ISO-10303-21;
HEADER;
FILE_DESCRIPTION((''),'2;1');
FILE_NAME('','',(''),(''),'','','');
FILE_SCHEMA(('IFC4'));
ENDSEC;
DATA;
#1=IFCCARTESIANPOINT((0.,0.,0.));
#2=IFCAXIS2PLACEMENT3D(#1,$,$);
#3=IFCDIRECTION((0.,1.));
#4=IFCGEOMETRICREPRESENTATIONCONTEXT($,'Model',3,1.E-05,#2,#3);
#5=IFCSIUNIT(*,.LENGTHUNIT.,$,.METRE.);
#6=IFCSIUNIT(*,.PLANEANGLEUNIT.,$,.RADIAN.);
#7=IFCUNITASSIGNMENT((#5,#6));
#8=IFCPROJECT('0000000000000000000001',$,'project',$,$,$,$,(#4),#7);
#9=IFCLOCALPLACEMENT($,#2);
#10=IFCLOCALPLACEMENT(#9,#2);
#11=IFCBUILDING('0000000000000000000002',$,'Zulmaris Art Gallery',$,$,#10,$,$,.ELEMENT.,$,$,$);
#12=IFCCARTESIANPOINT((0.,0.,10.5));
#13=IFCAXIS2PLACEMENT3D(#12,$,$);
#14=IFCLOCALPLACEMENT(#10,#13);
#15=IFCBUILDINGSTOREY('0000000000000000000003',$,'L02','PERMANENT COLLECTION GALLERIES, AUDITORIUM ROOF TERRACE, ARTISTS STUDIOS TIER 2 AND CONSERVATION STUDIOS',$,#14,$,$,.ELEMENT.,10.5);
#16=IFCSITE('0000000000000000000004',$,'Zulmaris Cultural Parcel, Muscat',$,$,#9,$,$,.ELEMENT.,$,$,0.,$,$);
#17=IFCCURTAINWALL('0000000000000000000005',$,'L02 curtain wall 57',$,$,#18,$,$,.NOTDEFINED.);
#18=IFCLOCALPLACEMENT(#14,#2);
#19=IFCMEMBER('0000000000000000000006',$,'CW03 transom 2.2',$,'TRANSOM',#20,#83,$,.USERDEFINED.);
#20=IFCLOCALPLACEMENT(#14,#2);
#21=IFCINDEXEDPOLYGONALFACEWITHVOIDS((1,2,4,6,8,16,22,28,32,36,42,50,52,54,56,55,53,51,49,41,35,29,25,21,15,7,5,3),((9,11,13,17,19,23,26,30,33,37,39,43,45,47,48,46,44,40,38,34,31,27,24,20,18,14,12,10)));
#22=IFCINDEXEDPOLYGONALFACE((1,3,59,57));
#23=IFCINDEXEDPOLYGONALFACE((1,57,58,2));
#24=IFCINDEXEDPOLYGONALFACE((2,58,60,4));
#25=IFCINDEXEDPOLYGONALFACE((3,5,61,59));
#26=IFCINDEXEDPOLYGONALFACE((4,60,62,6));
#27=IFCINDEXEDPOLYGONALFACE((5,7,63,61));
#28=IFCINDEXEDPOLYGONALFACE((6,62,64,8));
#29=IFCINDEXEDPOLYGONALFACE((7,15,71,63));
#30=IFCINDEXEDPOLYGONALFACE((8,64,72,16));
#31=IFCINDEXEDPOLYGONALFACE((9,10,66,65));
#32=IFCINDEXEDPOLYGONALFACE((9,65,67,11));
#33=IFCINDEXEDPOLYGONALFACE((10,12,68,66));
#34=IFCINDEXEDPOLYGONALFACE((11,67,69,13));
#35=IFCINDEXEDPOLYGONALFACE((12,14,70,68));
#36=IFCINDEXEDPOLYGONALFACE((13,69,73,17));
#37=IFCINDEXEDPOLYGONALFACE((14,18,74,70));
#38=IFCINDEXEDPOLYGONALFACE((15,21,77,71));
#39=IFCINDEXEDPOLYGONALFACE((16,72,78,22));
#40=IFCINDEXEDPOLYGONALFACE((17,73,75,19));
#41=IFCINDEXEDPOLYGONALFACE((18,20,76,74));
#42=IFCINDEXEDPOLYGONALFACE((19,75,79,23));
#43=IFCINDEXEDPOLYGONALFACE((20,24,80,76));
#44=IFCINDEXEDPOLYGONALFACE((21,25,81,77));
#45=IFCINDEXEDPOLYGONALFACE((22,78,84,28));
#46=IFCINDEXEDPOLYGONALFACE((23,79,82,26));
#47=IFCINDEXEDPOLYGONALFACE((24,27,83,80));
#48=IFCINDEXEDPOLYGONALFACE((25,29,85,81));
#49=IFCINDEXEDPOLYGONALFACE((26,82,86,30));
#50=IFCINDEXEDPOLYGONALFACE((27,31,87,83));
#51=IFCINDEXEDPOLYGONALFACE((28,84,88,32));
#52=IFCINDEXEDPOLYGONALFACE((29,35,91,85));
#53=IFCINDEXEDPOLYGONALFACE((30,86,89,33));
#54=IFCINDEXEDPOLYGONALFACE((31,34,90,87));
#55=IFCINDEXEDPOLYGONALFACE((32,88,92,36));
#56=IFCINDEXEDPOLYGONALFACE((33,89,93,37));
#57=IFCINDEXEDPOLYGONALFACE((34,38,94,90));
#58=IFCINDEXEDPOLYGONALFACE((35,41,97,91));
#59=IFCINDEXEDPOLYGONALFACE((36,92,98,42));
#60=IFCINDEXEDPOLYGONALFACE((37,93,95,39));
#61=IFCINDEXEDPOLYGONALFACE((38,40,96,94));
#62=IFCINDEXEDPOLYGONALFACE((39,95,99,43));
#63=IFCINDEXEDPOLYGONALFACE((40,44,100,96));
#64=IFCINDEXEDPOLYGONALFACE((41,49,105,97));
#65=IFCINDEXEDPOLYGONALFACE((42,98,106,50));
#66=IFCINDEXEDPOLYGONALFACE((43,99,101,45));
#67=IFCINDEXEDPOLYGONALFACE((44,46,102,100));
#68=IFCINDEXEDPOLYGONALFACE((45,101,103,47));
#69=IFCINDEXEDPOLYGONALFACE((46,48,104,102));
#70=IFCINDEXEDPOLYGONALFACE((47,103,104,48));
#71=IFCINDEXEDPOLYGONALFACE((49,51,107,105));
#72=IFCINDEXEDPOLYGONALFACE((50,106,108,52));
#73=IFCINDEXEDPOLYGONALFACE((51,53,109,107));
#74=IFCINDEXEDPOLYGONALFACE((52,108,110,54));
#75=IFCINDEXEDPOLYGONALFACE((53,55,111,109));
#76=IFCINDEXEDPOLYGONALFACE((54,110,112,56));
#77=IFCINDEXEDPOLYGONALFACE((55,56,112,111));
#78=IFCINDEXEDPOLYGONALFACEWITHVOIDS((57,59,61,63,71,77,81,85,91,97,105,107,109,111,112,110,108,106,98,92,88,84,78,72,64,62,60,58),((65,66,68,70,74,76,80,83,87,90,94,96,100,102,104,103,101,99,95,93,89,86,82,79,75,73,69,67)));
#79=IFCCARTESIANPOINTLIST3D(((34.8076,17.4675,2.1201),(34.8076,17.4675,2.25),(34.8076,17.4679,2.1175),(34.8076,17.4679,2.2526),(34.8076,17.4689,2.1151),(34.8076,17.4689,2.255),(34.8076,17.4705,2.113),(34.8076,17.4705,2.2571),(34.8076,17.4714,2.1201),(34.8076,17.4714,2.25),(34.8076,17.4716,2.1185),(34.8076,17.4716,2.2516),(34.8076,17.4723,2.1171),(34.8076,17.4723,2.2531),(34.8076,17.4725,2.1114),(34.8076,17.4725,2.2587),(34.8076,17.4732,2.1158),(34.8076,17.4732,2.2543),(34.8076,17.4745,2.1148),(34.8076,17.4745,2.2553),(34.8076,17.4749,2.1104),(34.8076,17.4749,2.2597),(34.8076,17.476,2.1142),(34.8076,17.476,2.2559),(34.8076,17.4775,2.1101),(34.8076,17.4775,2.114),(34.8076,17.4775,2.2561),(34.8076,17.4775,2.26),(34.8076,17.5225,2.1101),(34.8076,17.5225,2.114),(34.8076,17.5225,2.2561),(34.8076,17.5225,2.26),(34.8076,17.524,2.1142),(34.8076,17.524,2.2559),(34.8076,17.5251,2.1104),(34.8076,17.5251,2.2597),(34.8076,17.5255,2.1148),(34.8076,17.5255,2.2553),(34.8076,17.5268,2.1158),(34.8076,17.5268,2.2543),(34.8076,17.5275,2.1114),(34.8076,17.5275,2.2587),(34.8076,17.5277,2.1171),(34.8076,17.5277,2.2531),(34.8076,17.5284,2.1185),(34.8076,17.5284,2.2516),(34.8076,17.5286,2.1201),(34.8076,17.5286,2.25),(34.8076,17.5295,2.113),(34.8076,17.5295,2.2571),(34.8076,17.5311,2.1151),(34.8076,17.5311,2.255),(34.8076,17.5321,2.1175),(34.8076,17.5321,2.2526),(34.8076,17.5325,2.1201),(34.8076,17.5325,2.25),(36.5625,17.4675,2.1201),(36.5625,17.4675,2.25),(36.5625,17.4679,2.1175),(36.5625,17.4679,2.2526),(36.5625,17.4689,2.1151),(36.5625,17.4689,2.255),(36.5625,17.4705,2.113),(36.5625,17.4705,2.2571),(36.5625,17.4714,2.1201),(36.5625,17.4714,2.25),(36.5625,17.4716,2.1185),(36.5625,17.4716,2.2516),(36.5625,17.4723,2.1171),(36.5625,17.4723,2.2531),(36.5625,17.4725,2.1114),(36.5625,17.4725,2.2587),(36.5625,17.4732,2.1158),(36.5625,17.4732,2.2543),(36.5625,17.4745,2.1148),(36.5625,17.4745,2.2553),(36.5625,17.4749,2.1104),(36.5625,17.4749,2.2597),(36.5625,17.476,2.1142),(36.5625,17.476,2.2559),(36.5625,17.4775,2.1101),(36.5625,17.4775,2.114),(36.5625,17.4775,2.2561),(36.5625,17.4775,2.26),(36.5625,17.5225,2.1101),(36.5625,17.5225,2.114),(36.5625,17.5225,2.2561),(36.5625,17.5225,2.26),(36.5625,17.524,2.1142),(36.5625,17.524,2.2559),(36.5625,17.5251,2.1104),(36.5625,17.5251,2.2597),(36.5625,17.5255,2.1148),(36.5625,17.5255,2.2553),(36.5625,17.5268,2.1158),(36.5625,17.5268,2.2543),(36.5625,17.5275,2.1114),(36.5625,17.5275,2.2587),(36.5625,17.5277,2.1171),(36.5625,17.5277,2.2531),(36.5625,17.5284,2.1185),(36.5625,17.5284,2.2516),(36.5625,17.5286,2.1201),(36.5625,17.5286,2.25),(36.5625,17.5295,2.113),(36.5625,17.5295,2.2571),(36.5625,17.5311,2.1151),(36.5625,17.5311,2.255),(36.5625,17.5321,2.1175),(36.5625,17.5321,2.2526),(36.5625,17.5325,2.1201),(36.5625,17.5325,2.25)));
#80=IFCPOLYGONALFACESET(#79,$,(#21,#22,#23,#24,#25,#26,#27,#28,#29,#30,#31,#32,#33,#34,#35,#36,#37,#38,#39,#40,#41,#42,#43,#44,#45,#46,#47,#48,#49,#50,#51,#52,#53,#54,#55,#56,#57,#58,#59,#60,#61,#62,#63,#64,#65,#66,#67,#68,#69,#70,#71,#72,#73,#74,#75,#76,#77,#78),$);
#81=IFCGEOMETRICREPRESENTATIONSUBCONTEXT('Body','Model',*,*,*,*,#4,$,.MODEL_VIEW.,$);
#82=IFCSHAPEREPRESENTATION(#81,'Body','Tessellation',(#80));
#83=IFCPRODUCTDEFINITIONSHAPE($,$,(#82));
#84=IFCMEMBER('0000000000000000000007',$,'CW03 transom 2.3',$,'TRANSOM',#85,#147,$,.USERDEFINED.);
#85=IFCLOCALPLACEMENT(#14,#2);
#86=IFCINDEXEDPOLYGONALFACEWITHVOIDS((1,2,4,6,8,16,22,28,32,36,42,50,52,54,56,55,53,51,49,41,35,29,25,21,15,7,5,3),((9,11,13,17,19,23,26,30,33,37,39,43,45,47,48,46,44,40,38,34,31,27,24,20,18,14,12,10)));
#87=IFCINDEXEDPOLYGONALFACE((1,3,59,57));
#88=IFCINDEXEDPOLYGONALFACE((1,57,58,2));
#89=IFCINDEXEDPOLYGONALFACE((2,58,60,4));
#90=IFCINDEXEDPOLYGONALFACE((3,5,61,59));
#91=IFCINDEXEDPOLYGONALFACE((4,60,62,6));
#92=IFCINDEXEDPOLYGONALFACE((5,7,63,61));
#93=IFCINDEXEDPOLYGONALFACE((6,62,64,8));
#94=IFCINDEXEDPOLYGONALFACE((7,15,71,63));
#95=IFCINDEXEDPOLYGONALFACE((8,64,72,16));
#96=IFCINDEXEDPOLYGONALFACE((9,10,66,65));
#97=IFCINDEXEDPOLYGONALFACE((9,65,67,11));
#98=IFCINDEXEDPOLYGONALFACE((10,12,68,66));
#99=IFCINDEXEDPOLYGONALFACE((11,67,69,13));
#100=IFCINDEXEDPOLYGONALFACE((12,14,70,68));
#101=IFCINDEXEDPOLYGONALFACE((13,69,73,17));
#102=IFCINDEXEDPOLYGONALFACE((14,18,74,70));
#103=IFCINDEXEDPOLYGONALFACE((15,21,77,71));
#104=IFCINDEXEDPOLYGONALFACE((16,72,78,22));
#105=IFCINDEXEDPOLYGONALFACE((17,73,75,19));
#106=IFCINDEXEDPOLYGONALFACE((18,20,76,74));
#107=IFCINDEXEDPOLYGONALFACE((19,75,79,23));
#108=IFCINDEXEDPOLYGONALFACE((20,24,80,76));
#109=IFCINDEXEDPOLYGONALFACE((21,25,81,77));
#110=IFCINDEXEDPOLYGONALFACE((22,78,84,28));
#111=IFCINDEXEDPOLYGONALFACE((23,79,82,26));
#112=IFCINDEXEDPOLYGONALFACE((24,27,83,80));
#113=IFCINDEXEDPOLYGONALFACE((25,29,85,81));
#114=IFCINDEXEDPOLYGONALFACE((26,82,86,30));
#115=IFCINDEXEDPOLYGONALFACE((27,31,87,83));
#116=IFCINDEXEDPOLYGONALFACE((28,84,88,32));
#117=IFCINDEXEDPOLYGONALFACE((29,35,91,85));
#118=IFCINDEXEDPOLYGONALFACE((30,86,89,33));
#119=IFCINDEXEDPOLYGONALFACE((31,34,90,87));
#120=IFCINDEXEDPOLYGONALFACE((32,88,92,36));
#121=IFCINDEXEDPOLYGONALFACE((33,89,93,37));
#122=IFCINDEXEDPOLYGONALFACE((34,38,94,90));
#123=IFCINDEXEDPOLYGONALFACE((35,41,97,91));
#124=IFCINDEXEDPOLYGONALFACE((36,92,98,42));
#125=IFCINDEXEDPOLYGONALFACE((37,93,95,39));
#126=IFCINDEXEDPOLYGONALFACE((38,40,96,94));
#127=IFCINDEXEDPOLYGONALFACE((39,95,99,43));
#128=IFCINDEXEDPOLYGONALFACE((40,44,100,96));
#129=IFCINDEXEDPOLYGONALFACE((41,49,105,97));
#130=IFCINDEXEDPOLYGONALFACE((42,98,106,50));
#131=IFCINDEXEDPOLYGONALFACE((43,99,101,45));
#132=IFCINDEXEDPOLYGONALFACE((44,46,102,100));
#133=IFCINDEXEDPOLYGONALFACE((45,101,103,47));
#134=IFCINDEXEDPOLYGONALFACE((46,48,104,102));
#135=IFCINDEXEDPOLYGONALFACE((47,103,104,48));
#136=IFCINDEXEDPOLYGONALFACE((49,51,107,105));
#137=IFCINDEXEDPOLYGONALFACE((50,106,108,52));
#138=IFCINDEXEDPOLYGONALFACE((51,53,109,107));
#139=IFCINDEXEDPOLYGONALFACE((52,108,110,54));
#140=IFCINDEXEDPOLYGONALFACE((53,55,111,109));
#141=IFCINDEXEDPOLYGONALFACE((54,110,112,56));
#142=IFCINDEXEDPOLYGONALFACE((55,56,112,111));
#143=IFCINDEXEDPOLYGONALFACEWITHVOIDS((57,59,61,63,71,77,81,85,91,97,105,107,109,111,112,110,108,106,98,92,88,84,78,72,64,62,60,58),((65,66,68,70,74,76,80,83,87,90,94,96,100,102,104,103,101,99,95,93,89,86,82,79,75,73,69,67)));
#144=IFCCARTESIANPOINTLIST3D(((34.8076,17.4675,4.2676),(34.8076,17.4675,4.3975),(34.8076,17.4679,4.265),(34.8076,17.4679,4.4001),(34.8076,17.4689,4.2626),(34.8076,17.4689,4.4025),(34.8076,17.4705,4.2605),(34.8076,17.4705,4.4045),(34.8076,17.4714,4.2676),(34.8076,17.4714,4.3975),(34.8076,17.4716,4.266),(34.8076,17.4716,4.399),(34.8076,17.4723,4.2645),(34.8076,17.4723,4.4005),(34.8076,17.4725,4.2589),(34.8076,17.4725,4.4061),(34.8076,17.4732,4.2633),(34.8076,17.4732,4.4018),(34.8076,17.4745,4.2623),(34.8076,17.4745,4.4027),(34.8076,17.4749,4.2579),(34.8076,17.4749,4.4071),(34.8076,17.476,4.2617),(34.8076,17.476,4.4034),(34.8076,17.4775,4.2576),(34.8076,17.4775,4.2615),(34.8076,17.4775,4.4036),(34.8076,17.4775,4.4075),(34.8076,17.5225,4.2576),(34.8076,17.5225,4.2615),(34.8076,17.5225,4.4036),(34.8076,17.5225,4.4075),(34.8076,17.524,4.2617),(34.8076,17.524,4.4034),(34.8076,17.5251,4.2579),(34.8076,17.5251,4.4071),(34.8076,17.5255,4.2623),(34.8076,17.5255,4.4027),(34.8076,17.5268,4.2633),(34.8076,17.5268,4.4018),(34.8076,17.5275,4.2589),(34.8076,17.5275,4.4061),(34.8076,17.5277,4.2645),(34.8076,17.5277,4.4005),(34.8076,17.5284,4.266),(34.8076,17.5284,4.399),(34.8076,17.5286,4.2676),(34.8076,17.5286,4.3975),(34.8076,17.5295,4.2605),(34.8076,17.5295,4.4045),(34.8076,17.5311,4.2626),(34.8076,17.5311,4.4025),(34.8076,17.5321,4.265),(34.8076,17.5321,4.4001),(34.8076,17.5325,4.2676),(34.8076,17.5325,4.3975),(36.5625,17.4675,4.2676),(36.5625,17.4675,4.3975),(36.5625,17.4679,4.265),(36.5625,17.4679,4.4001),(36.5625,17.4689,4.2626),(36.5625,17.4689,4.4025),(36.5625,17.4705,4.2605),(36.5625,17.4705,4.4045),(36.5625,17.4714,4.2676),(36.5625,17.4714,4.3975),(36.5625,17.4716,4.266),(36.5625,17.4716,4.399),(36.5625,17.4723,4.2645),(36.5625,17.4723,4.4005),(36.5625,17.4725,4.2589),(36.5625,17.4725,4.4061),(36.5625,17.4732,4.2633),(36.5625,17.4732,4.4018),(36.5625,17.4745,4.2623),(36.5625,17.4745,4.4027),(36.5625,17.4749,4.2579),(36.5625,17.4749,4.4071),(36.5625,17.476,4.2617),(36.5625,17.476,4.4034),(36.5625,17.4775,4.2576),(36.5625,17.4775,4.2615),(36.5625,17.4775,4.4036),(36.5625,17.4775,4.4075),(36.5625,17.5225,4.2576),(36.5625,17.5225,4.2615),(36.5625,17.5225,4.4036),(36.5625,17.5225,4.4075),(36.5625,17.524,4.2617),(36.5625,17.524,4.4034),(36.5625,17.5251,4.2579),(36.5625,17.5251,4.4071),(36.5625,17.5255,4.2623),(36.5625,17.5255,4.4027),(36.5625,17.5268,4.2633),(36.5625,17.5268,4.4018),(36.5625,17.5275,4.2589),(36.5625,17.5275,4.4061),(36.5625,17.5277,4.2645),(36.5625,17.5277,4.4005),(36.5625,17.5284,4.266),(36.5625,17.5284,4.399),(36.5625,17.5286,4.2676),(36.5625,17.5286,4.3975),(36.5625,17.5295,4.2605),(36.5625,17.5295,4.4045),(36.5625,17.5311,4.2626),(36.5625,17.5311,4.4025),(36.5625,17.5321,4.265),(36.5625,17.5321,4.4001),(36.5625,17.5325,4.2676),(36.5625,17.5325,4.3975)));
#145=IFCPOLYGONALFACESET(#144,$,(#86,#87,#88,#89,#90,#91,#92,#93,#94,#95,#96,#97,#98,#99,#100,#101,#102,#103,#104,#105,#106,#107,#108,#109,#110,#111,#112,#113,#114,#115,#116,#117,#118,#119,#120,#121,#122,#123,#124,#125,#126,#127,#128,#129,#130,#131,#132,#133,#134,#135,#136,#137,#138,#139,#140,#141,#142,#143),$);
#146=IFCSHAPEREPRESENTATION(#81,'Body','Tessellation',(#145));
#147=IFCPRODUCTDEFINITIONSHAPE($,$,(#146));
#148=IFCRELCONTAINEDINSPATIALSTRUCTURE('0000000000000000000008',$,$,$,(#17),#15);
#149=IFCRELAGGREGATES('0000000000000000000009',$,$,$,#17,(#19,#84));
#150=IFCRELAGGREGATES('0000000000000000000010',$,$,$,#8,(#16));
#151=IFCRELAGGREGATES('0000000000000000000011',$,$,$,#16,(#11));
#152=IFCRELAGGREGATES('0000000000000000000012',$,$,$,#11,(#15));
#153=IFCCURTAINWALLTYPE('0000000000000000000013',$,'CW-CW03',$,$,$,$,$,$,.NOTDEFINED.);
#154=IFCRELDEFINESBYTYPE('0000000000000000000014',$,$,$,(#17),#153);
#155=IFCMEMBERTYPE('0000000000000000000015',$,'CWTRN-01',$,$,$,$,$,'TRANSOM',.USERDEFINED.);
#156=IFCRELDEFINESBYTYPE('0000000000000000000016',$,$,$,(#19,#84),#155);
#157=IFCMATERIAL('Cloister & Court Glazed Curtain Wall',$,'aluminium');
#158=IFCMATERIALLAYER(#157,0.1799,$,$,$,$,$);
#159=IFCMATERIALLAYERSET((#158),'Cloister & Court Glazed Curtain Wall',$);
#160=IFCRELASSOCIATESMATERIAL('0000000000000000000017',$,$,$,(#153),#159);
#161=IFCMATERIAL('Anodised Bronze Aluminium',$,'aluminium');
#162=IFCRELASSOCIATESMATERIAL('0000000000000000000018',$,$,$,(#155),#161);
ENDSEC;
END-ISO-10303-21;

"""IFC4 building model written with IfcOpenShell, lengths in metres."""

from ifc_helpers import new_model, si_unit, direction, frame, origin, origin_2d, place, context, subcontext, project, spatial, hollow_rectangle, extrude, material, layer, layer_set, material_profile, profile_set, type_object, element, aggregate, save


model = new_model("IFC4")

# Units and contexts
model_context = context("Model", 3, precision=1e-05, world=origin(), true_north=direction((0.0, 1.0)))
body_context = subcontext(model_context, "Body", "Model", "MODEL_VIEW")
ifc_project = project(units=[si_unit("LENGTHUNIT", "METRE"), si_unit("PLANEANGLEUNIT", "RADIAN")], contexts=[model_context])

# Site, building, storey
site_placement = place(None, origin())
site = spatial("IfcSite", under=ifc_project, at=site_placement, Name="Zulmaris Cultural Parcel, Muscat", CompositionType="ELEMENT", RefElevation=0.0)
building_placement = place(site_placement, origin())
building = spatial("IfcBuilding", under=site, at=building_placement, Name="Zulmaris Art Gallery", CompositionType="ELEMENT")
storey_placement = place(building_placement, frame((0.0, 0.0, 10.5)))
storey = spatial("IfcBuildingStorey", under=building, at=storey_placement, Name="L02", Description="PERMANENT COLLECTION GALLERIES, AUDITORIUM ROOF TERRACE, ARTISTS STUDIOS TIER 2 AND CONSERVATION STUDIOS", CompositionType="ELEMENT", Elevation=10.5)

# Curtain wall, members
ifc_material_1 = material(Name="Cloister & Court Glazed Curtain Wall", Category="aluminium")
ifc_layer_1 = layer(ifc_material_1, 0.1799)
ifc_layer_set_1 = layer_set([ifc_layer_1], Name="Cloister & Court Glazed Curtain Wall")
curtain_wall_type = type_object("IfcCurtainWallType", Name="CW-CW03", PredefinedType="NOTDEFINED", material=ifc_layer_set_1)
curtain_wall_placement = place(storey_placement, origin())
curtain_wall = element("IfcCurtainWall", 1, at=curtain_wall_placement, inside=storey, type_object=curtain_wall_type, Name="L02 curtain wall 57", PredefinedType="NOTDEFINED")
ifc_material_2 = material(Name="Anodised Bronze Aluminium", Category="aluminium")
ifc_material_profile_1 = material_profile(ifc_material_2, hollow_rectangle(XDim=0.0649, YDim=0.1499, WallThickness=0.0039, InnerFilletRadius=0.0061, OuterFilletRadius=0.01, at=origin_2d()), Name="ALU 65x150x4")
ifc_profile_set_1 = profile_set([ifc_material_profile_1], Name="Anodised Bronze Aluminium")
member_type_1 = type_object("IfcMemberType", Name="CWTRN-01", ElementType="TRANSOM", PredefinedType="USERDEFINED", material=ifc_profile_set_1)
member_1_placement = place(storey_placement, frame((34.8076, 17.5, 2.1851), z_axis=(1.0, 0.0, 0.0), x_axis=(0.0, 1.0, 0.0)))
member_1 = element("IfcMember", 2, at=member_1_placement, type_object=member_type_1, Name="CW03 transom 2.2", ObjectType="TRANSOM", PredefinedType="USERDEFINED", context=body_context, shape_type="SweptSolid", body=[
    extrude(hollow_rectangle(XDim=0.0649, YDim=0.1499, WallThickness=0.0039, InnerFilletRadius=0.0061, OuterFilletRadius=0.01, at=origin_2d()), origin(), (0.0, 0.0, 1.0), 1.7549),
])
member_2_placement = place(storey_placement, frame((34.8076, 17.5, 4.3325), z_axis=(1.0, 0.0, 0.0), x_axis=(0.0, 1.0, 0.0)))
member_2 = element("IfcMember", 3, at=member_2_placement, type_object=member_type_1, Name="CW03 transom 2.3", ObjectType="TRANSOM", PredefinedType="USERDEFINED", context=body_context, shape_type="SweptSolid", body=[
    extrude(hollow_rectangle(XDim=0.0649, YDim=0.1499, WallThickness=0.0039, InnerFilletRadius=0.0061, OuterFilletRadius=0.01, at=origin_2d()), origin(), (0.0, 0.0, 1.0), 1.7549),
])
aggregate(curtain_wall, [member_1, member_2])

save(model, "model.ifc")
